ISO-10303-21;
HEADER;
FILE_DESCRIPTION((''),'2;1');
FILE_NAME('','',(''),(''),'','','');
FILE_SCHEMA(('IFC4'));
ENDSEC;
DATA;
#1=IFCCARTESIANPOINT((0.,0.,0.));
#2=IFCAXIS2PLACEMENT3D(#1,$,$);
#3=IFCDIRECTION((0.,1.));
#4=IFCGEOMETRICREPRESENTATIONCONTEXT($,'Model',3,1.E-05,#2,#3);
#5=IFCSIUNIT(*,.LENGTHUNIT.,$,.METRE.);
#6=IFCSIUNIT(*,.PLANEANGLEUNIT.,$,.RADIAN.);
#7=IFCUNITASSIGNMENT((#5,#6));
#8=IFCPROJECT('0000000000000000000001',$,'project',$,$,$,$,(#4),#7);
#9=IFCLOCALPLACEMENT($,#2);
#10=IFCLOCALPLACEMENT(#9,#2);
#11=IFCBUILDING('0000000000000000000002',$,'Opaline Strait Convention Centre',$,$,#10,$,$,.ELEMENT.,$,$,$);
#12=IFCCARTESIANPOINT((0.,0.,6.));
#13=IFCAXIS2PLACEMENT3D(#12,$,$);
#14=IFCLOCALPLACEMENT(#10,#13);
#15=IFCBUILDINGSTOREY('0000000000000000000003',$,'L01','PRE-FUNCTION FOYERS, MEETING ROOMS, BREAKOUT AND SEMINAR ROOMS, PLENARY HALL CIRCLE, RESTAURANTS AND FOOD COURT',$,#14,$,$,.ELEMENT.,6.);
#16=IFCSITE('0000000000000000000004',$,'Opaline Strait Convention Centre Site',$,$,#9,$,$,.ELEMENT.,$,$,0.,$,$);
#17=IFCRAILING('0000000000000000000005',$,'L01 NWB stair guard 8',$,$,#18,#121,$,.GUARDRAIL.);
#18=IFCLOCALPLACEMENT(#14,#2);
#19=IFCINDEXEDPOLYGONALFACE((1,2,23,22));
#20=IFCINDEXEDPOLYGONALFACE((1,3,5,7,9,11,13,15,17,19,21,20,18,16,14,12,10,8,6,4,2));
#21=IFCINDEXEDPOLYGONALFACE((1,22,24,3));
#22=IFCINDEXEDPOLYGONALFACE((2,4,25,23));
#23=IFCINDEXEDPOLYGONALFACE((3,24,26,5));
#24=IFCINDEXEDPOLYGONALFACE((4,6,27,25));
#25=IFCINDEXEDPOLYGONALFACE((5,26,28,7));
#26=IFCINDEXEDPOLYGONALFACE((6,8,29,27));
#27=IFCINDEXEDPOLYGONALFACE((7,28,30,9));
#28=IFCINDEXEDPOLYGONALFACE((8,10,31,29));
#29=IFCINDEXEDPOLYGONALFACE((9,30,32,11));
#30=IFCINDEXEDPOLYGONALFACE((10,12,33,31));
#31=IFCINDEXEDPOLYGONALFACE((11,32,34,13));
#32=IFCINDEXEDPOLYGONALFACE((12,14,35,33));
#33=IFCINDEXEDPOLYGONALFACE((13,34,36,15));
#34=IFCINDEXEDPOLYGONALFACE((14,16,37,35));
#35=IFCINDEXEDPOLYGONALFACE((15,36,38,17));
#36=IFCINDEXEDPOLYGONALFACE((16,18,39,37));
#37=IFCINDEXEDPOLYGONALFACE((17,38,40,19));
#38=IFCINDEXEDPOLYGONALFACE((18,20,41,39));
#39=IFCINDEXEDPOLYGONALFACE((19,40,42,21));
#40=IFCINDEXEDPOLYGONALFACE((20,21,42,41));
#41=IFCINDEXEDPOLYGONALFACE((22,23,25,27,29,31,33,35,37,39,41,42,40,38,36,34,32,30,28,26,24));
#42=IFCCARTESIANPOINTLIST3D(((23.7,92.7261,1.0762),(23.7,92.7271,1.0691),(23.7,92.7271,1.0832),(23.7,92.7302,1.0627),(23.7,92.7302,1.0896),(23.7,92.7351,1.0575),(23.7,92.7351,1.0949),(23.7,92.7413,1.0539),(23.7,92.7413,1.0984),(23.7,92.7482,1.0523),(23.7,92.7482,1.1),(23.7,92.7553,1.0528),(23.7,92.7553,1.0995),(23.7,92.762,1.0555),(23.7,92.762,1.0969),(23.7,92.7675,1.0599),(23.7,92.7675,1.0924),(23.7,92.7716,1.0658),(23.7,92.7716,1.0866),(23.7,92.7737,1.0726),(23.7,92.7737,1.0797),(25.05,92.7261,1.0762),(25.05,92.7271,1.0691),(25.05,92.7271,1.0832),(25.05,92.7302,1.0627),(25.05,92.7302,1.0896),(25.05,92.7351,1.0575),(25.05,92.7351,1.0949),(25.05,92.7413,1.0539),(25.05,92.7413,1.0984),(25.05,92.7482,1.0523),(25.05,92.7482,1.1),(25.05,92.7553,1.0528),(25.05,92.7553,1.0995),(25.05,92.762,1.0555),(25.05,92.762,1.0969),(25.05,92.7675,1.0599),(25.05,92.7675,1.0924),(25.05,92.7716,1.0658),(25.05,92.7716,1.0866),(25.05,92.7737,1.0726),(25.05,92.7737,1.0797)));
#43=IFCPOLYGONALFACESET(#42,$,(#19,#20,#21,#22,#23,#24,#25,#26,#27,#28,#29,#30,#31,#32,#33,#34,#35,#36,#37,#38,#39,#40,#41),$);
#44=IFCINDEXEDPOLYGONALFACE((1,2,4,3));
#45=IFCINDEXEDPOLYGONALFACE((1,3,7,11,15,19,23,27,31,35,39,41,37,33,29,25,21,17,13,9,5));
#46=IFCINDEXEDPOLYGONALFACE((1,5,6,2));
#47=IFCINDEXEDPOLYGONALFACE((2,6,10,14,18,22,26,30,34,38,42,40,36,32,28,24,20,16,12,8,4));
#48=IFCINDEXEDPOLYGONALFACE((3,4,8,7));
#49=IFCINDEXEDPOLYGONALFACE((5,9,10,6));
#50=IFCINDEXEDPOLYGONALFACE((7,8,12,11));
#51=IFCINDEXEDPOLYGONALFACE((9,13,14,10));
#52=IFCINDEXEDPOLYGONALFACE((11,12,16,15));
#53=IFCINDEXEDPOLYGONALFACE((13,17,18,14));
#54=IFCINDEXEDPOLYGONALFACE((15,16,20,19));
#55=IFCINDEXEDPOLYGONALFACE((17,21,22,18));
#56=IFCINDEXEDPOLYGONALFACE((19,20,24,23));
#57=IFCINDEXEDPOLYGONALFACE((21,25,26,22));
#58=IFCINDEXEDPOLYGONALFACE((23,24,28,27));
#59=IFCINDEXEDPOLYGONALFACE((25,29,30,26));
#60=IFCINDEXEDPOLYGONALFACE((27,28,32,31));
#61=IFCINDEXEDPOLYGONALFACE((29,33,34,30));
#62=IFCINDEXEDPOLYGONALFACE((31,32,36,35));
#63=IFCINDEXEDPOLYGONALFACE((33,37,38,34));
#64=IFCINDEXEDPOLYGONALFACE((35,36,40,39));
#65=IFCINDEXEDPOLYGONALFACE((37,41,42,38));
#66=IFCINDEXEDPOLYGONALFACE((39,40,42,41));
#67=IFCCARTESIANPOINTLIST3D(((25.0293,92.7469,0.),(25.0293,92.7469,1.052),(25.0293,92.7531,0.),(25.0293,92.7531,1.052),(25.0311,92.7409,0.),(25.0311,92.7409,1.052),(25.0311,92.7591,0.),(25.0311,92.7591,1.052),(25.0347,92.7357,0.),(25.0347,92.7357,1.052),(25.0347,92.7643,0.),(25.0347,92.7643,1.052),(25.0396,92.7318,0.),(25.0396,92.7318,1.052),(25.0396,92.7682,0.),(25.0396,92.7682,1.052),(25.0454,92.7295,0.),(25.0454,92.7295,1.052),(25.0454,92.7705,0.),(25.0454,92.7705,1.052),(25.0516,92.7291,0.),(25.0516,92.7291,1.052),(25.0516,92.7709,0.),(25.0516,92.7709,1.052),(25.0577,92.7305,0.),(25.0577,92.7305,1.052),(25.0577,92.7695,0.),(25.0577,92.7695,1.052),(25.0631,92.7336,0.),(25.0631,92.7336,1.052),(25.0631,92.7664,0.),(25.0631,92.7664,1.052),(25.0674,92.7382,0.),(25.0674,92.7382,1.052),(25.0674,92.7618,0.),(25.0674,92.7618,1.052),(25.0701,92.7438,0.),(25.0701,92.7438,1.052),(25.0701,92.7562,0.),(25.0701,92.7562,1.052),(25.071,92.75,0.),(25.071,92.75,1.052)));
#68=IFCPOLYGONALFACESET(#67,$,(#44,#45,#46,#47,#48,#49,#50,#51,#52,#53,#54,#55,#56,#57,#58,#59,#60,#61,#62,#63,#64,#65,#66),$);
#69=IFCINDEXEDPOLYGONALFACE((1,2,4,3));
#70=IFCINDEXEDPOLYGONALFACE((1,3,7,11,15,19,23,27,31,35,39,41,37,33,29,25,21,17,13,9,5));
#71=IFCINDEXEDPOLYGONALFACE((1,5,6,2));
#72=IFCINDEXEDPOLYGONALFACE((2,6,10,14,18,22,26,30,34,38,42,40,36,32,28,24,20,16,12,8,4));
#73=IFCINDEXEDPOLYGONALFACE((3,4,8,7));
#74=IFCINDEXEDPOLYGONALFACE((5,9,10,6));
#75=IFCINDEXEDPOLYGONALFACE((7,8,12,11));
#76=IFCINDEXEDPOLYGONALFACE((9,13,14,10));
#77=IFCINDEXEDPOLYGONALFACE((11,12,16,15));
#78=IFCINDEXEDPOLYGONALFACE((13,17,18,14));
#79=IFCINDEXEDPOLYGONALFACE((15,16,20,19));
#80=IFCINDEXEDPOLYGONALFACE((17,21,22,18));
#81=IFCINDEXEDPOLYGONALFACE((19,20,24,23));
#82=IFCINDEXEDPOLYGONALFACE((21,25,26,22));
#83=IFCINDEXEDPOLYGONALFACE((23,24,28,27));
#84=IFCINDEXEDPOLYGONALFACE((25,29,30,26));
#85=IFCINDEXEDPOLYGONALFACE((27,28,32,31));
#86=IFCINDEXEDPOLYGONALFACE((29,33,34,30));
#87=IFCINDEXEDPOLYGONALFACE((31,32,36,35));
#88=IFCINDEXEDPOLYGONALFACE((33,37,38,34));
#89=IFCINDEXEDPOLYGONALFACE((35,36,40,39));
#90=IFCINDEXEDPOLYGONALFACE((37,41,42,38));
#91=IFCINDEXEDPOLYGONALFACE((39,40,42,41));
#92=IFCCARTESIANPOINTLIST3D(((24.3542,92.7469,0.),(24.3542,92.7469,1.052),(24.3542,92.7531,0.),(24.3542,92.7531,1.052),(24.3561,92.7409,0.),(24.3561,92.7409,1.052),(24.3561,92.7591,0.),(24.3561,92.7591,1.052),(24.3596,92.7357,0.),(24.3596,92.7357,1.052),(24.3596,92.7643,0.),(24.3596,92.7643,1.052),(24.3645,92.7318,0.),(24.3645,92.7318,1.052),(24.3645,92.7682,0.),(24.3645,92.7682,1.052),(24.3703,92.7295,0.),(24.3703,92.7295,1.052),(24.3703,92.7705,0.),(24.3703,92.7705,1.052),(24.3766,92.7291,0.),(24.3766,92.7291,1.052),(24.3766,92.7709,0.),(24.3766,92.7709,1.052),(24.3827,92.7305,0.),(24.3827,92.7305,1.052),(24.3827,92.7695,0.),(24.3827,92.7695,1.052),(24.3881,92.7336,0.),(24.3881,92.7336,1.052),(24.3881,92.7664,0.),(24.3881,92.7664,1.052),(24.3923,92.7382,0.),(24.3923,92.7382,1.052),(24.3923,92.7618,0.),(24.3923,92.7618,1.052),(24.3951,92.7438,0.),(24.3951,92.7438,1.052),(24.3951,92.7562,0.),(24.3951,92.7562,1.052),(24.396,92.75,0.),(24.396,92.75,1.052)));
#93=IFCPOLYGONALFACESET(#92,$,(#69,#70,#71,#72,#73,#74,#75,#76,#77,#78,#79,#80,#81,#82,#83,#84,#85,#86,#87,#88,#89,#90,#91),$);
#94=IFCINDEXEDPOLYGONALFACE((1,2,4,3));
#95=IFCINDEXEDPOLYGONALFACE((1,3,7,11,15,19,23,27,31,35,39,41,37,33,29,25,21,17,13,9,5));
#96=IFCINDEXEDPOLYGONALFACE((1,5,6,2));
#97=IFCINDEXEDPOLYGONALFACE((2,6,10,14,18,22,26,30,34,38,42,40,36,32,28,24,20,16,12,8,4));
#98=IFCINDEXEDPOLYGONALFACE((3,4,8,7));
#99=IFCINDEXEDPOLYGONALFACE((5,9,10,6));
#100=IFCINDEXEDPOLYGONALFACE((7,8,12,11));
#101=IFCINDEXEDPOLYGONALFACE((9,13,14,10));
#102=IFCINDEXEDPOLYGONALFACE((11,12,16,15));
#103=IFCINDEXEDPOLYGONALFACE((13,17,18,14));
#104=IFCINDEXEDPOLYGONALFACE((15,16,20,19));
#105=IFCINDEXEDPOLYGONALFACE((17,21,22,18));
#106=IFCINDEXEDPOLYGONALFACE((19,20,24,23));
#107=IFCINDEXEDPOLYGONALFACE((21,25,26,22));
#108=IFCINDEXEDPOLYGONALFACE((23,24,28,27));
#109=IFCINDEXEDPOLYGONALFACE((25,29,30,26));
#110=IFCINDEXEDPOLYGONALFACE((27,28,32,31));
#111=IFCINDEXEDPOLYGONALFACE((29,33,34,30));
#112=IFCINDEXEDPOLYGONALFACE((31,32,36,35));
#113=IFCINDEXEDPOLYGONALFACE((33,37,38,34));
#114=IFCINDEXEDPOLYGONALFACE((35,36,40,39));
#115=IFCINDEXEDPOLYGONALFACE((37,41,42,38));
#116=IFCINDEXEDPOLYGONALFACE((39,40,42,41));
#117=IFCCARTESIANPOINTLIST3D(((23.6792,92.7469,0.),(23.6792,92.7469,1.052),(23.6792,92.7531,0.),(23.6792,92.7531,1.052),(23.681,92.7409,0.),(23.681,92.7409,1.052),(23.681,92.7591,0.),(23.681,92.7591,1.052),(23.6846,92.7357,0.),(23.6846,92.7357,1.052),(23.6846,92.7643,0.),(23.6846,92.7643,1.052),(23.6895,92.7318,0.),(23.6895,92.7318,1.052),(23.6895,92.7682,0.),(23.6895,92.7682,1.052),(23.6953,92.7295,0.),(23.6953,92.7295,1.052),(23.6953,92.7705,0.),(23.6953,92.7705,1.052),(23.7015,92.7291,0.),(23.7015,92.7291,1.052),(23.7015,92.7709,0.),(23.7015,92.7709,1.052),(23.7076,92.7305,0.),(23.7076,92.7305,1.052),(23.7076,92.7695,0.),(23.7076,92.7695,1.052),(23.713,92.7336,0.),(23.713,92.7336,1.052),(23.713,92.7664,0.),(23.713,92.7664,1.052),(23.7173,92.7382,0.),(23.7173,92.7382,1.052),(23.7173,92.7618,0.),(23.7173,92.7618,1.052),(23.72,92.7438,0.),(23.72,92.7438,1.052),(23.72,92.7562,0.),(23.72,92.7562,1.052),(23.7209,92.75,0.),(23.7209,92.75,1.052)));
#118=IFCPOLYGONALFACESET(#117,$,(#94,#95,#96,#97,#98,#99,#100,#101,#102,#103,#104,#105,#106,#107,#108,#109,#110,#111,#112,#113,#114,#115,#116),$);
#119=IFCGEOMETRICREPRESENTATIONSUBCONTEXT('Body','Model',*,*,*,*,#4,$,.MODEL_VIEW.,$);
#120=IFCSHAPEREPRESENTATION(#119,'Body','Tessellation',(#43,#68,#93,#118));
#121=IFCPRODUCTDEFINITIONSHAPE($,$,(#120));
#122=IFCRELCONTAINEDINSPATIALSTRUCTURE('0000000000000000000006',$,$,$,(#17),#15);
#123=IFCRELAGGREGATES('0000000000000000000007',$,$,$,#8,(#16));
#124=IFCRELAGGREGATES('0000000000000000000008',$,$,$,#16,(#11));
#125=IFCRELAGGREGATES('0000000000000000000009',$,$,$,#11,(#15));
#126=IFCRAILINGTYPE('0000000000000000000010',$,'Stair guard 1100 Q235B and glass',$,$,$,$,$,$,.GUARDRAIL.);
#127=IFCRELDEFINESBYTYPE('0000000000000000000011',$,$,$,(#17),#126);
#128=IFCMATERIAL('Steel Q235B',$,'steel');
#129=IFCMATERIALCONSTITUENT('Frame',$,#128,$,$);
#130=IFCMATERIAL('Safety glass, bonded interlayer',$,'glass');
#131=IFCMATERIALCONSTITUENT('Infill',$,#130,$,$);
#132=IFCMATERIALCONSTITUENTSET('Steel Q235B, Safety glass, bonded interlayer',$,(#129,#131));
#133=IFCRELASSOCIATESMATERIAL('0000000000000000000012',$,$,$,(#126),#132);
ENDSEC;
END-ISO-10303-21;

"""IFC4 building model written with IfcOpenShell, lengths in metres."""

from ifc_helpers import new_model, si_unit, direction, frame, origin, origin_2d, place, context, subcontext, project, spatial, circle, extrude, material, constituent, constituent_set, type_object, element, save


model = new_model("IFC4")

# Units and contexts
model_context = context("Model", 3, precision=1e-05, world=origin(), true_north=direction((0.0, 1.0)))
body_context = subcontext(model_context, "Body", "Model", "MODEL_VIEW")
ifc_project = project(units=[si_unit("LENGTHUNIT", "METRE"), si_unit("PLANEANGLEUNIT", "RADIAN")], contexts=[model_context])

# Site, building, storey
site_placement = place(None, origin())
site = spatial("IfcSite", under=ifc_project, at=site_placement, Name="Opaline Strait Convention Centre Site", CompositionType="ELEMENT", RefElevation=0.0)
building_placement = place(site_placement, origin())
building = spatial("IfcBuilding", under=site, at=building_placement, Name="Opaline Strait Convention Centre", CompositionType="ELEMENT")
storey_placement = place(building_placement, frame((0.0, 0.0, 6.0)))
storey = spatial("IfcBuildingStorey", under=building, at=storey_placement, Name="L01", Description="PRE-FUNCTION FOYERS, MEETING ROOMS, BREAKOUT AND SEMINAR ROOMS, PLENARY HALL CIRCLE, RESTAURANTS AND FOOD COURT", CompositionType="ELEMENT", Elevation=6.0)

# Railing
ifc_material_1 = material(Name="Steel Q235B", Category="steel")
ifc_constituent_1 = constituent(ifc_material_1, Name="Frame")
ifc_material_2 = material(Name="Safety glass, bonded interlayer", Category="glass")
ifc_constituent_2 = constituent(ifc_material_2, Name="Infill")
ifc_constituent_set = constituent_set(constituents=[ifc_constituent_1, ifc_constituent_2], Name="Steel Q235B, Safety glass, bonded interlayer")
railing_type = type_object("IfcRailingType", Name="Stair guard 1100 Q235B and glass", PredefinedType="GUARDRAIL", material=ifc_constituent_set)
railing_1_placement = place(storey_placement, frame((25.05, 92.75, 0.0)))
element("IfcRailing", 1, at=railing_1_placement, inside=storey, type_object=railing_type, Name="L01 NWB stair guard 8", PredefinedType="GUARDRAIL", context=body_context, shape_type="SweptSolid", body=[
    extrude(circle(Radius=0.0239, at=origin_2d()), frame((0.0, 0.0, 1.0762), z_axis=(-1.0, 0.0, 0.0), x_axis=(0.0, -1.0, 0.0)), (0.0, 0.0, 1.0), 1.3501),
    extrude(circle(Radius=0.021, at=origin_2d()), origin(), (0.0, 0.0, 1.0), 1.052),
    extrude(circle(Radius=0.021, at=origin_2d()), frame((-0.675, 0.0, 0.0)), (0.0, 0.0, 1.0), 1.052),
    extrude(circle(Radius=0.021, at=origin_2d()), frame((-1.3501, 0.0, 0.0)), (0.0, 0.0, 1.0), 1.052),
])

save(model, "model.ifc")
